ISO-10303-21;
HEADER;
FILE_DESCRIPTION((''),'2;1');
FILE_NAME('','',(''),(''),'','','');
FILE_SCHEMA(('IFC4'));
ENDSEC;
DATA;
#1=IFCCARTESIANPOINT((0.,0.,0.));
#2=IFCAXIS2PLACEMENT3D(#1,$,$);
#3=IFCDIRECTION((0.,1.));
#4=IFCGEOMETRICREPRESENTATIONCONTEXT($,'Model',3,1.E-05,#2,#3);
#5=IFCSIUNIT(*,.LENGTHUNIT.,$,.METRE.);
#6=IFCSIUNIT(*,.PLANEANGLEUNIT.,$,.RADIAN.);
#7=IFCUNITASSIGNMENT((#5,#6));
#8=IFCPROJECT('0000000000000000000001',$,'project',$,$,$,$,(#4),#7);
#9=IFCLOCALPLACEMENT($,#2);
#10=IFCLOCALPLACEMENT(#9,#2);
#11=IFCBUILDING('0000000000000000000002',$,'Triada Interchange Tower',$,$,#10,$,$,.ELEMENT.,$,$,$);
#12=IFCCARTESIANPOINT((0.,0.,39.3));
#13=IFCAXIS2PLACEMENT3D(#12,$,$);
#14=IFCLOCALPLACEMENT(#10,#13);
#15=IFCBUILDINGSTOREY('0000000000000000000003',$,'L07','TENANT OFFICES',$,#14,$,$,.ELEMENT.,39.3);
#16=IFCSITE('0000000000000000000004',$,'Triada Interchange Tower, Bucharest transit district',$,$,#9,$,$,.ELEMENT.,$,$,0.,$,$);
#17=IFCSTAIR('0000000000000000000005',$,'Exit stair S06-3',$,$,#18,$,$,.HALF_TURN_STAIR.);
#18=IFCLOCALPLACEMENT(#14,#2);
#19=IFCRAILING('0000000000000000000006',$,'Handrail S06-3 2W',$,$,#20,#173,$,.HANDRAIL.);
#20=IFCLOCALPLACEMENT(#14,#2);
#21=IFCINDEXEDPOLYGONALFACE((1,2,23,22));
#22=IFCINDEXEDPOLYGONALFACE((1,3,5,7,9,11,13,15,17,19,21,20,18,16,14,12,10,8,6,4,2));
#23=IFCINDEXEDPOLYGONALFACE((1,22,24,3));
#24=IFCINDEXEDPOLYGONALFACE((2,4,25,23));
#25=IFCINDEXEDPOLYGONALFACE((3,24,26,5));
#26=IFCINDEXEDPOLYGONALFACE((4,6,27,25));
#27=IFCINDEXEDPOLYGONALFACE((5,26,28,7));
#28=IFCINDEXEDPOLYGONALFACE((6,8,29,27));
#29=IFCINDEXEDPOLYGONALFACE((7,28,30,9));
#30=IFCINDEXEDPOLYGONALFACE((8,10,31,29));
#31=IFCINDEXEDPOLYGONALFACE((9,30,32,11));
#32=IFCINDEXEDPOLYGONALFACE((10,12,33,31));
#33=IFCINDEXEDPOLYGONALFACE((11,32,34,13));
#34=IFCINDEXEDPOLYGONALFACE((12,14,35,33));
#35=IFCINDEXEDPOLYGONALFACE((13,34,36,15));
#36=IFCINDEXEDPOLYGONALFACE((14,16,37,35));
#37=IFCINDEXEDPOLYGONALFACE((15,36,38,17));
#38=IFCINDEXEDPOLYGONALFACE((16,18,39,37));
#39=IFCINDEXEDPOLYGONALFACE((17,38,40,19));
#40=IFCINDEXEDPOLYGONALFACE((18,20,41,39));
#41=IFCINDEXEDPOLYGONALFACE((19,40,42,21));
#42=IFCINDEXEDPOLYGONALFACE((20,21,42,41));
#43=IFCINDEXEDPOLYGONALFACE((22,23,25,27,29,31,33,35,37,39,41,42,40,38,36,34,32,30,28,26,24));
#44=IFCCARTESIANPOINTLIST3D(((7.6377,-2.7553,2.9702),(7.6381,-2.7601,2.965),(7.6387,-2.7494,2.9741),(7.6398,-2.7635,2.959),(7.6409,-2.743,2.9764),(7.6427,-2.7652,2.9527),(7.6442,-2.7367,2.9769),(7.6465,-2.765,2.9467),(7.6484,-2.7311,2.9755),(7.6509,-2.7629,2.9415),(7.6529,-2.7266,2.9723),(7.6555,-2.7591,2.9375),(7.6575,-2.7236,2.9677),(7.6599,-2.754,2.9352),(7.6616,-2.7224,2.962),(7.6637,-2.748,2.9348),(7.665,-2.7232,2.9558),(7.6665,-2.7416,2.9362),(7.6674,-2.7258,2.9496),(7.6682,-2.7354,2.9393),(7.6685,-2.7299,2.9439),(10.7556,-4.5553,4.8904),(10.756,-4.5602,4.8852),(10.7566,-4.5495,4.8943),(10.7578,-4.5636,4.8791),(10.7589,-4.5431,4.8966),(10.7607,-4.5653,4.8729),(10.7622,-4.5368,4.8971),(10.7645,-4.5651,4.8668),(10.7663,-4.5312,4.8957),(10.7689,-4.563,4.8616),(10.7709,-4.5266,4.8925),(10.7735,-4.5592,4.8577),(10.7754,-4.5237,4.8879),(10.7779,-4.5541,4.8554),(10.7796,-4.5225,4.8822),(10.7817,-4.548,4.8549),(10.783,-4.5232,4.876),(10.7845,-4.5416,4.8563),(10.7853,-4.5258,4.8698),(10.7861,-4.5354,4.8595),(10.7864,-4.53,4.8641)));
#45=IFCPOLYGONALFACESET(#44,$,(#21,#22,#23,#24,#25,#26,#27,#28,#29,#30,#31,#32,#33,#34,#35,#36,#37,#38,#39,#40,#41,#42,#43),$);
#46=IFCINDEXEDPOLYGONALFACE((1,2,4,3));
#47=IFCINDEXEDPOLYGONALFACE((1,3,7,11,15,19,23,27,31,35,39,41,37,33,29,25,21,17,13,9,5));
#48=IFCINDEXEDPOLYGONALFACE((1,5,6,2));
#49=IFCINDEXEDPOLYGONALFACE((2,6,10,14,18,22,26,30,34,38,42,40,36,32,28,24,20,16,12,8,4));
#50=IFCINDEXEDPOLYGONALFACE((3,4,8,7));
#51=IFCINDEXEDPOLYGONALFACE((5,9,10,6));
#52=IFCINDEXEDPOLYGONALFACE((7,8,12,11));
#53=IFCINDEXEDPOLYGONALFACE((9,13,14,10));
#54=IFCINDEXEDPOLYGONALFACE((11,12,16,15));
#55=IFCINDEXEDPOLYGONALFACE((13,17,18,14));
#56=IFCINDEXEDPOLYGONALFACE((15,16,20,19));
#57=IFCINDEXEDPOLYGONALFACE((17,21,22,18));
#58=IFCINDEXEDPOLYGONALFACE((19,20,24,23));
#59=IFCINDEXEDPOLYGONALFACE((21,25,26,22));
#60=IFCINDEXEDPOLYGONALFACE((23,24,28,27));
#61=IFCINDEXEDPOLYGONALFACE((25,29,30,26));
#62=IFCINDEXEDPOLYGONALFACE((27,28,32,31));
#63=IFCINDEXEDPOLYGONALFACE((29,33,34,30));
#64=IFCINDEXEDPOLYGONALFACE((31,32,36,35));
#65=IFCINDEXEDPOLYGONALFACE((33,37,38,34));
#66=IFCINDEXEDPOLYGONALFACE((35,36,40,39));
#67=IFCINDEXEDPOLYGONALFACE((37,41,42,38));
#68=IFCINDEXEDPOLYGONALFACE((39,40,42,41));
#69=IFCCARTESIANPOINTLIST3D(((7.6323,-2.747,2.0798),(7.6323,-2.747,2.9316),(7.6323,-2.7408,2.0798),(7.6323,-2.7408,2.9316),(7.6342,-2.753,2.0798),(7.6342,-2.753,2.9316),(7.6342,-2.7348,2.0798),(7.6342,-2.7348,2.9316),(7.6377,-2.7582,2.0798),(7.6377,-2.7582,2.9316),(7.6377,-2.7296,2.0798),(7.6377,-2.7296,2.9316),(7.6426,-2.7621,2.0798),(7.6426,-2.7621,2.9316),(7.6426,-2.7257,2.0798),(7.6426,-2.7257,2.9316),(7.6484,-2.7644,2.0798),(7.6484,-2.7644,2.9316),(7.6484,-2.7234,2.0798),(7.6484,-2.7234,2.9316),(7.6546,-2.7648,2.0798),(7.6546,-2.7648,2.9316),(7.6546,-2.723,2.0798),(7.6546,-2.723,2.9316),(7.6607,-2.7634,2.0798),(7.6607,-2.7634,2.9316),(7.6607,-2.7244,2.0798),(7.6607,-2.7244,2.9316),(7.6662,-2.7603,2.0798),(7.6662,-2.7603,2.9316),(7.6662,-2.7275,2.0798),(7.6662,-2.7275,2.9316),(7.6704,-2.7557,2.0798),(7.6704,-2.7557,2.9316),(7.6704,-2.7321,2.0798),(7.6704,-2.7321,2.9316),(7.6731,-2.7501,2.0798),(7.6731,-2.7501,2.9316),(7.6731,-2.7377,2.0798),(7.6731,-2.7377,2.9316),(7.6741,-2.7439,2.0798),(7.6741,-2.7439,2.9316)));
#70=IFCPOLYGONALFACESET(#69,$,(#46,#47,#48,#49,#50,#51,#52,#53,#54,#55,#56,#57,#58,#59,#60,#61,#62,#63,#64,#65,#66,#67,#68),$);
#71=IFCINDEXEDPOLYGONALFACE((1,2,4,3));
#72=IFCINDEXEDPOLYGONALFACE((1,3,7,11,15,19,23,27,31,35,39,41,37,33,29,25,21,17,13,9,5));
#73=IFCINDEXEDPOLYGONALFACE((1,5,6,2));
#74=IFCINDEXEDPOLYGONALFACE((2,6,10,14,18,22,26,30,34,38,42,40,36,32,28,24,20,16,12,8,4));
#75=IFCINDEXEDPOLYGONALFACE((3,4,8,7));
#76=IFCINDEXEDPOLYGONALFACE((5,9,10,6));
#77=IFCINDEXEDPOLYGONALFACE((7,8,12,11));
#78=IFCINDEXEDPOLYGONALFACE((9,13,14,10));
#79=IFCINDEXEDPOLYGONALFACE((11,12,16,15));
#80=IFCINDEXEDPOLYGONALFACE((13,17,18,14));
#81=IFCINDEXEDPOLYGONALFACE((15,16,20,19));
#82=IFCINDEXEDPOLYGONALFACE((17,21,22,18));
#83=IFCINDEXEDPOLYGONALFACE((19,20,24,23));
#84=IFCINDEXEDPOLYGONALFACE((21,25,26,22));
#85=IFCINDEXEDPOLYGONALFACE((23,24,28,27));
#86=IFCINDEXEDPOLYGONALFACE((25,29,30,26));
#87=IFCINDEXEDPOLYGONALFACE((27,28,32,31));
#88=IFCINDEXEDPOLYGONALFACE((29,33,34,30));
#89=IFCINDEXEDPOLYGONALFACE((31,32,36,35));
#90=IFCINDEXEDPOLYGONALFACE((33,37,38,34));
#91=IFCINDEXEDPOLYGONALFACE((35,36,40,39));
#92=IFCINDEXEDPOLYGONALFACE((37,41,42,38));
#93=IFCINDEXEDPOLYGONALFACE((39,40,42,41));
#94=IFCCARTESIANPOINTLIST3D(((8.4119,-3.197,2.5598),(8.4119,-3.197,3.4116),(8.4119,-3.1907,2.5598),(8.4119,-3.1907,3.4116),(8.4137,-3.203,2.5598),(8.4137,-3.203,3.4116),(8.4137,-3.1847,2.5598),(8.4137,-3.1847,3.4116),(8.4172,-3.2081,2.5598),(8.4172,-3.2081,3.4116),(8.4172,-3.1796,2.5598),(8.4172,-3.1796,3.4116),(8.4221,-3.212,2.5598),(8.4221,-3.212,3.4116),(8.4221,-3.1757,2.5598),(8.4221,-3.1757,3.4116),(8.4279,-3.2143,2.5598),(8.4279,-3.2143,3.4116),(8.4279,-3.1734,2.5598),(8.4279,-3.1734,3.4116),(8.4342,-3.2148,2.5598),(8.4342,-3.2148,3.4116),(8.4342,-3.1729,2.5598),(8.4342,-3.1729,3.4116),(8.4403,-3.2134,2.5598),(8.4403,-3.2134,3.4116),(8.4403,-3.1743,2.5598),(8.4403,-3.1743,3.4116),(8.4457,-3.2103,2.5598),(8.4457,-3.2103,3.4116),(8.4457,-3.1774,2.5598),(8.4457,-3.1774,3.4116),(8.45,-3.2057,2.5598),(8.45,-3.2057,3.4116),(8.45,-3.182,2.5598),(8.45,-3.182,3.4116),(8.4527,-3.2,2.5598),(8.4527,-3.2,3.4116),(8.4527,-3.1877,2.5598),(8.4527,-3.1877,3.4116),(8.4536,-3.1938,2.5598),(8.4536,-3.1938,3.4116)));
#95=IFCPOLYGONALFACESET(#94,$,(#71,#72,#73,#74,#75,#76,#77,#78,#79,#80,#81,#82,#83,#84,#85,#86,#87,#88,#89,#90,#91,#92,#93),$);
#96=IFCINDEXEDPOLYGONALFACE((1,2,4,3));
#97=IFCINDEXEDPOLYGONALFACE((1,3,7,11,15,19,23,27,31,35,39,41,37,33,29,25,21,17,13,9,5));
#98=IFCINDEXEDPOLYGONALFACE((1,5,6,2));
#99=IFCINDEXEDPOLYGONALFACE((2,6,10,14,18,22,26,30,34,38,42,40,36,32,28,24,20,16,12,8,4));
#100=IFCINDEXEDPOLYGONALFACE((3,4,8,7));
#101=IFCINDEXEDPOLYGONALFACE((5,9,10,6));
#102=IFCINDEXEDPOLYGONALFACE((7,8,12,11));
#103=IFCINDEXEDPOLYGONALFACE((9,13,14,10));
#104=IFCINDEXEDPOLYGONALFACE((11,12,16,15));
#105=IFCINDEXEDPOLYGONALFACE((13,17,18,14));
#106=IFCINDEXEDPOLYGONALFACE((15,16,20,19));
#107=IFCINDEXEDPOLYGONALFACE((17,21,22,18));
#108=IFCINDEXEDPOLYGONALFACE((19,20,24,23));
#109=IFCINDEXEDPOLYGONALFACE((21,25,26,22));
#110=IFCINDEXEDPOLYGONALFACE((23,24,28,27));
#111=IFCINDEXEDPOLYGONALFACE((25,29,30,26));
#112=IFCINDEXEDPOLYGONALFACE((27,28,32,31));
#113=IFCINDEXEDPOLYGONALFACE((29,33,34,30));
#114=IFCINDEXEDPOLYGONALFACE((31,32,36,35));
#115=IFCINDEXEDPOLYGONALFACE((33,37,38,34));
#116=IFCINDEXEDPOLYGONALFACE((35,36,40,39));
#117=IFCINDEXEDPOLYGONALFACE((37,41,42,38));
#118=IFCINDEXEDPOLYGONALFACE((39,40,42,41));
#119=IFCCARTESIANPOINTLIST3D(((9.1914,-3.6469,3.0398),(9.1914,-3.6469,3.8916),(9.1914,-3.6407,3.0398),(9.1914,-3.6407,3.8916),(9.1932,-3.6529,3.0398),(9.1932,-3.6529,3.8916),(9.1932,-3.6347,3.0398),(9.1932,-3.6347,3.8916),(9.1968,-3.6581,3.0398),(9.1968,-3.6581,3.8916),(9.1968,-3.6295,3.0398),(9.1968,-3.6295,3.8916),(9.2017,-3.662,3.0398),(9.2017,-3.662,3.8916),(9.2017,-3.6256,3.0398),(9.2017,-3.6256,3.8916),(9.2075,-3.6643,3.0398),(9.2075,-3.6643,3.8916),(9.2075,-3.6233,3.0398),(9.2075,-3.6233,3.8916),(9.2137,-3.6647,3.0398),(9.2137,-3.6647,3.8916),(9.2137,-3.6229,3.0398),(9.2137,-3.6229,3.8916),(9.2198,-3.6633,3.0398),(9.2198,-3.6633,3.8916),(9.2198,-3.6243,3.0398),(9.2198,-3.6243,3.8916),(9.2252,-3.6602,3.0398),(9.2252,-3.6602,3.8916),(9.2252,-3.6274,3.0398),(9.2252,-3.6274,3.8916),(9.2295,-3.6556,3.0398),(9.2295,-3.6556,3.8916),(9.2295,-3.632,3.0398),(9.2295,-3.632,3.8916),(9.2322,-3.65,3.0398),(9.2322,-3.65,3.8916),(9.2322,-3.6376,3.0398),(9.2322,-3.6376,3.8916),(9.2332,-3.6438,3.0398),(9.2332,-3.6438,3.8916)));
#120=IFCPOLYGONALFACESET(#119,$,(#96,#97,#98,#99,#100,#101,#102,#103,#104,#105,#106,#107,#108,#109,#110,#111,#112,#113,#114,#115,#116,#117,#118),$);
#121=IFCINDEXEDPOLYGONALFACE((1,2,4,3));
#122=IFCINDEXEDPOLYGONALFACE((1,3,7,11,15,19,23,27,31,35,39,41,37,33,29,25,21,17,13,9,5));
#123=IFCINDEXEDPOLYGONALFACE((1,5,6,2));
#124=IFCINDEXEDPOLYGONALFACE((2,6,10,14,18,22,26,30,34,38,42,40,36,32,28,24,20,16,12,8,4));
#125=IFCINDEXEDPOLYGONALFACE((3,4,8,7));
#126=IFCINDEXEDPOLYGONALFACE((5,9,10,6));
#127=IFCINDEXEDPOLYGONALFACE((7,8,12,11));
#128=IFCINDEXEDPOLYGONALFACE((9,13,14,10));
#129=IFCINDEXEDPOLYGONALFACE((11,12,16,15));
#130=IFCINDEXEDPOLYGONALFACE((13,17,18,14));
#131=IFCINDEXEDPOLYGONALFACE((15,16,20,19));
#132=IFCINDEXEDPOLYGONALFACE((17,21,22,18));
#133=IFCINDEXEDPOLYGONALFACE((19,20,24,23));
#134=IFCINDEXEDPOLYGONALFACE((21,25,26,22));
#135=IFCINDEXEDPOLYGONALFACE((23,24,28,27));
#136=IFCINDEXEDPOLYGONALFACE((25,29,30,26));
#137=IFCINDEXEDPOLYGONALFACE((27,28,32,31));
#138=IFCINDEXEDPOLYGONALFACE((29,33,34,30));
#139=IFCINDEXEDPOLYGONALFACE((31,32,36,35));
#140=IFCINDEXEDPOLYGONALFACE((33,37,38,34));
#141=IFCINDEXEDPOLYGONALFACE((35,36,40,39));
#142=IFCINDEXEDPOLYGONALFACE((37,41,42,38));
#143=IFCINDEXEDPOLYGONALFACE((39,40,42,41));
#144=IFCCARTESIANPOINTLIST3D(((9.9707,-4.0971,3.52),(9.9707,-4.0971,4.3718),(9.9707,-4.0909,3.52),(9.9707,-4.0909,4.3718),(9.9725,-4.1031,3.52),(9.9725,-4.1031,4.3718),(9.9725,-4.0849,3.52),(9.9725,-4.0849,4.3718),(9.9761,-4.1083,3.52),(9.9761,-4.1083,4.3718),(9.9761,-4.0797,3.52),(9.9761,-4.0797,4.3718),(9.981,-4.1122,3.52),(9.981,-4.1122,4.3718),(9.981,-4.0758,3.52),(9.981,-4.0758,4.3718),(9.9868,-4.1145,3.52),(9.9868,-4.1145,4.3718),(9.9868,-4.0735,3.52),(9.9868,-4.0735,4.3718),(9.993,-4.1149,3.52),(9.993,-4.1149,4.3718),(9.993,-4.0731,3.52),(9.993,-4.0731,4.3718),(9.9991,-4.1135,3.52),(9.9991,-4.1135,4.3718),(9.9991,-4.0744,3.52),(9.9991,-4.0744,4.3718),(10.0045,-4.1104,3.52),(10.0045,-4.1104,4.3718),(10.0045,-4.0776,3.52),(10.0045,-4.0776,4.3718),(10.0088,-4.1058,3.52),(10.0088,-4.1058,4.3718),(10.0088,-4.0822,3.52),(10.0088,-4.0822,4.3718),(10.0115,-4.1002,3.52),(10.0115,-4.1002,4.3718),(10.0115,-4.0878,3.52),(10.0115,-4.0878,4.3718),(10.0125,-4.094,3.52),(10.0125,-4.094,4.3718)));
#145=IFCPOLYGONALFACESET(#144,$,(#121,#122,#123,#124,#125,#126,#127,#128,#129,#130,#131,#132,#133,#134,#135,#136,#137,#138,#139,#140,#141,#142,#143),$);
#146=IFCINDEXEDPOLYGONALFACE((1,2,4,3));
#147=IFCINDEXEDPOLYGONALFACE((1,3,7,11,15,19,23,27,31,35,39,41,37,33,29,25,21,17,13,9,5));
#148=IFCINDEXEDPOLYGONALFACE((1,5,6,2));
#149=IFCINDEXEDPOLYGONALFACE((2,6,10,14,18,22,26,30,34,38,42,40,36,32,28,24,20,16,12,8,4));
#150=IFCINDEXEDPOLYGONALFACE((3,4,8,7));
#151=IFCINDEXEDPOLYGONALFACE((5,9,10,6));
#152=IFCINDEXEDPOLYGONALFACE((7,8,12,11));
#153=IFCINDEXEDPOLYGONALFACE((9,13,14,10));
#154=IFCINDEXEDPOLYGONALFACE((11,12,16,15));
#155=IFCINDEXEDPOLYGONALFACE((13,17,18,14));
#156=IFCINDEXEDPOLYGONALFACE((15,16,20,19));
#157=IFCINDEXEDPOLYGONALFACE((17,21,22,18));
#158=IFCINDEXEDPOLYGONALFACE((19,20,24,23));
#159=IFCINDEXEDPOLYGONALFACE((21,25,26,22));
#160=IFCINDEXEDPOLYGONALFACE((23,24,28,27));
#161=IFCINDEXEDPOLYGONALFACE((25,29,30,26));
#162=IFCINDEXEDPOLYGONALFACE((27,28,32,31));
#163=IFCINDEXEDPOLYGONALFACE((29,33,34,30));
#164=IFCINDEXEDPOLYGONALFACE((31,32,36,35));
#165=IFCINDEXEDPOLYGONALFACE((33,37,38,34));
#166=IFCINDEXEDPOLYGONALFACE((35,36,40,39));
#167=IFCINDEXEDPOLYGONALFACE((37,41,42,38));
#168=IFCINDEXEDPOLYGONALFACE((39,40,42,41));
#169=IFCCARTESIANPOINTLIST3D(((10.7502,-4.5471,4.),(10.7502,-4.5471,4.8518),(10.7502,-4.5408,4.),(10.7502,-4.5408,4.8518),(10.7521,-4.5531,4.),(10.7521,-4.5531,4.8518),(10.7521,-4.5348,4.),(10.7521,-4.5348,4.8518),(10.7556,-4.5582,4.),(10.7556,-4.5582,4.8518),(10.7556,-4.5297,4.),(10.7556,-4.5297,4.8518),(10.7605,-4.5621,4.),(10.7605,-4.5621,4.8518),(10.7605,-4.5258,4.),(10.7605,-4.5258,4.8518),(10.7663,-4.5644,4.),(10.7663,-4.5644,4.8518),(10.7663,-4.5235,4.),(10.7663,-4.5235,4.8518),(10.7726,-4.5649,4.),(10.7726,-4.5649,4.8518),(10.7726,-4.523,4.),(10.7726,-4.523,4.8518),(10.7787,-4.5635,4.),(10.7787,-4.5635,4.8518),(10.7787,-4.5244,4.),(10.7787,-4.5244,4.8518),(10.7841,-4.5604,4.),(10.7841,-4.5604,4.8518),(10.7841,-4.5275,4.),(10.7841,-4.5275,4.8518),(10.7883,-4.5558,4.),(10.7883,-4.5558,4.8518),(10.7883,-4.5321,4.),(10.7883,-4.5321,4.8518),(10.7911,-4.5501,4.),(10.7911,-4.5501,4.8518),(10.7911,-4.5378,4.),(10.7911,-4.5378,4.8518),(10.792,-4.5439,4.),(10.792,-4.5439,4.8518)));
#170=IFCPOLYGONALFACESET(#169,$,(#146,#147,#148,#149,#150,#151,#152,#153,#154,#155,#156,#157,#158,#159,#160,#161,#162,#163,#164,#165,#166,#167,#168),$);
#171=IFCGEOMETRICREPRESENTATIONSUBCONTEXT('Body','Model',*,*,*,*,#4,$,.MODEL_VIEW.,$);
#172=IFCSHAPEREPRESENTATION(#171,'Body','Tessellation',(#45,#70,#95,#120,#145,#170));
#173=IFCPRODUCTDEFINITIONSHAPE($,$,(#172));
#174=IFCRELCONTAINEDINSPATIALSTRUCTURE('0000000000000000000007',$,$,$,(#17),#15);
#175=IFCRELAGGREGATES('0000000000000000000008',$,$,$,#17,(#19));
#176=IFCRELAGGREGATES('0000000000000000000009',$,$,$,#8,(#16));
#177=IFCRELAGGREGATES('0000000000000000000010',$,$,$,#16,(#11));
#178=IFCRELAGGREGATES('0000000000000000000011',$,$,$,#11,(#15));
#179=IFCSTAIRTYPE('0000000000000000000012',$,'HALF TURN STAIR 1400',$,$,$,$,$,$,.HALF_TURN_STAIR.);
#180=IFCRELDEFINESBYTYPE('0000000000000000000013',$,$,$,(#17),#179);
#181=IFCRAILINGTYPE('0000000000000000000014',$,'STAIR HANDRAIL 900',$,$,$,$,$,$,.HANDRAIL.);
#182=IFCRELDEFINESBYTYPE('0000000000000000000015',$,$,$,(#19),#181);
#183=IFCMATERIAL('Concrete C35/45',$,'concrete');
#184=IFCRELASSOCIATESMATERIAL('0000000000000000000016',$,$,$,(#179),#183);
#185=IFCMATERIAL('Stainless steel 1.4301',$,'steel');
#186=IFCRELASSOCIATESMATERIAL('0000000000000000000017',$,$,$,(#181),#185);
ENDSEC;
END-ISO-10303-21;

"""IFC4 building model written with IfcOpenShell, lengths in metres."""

from ifc_helpers import new_model, si_unit, direction, frame, origin, origin_2d, place, context, subcontext, project, spatial, circle, extrude, material, type_object, element, aggregate, save


model = new_model("IFC4")

# Units and contexts
model_context = context("Model", 3, precision=1e-05, world=origin(), true_north=direction((0.0, 1.0)))
body_context = subcontext(model_context, "Body", "Model", "MODEL_VIEW")
ifc_project = project(units=[si_unit("LENGTHUNIT", "METRE"), si_unit("PLANEANGLEUNIT", "RADIAN")], contexts=[model_context])

# Site, building, storey
site_placement = place(None, origin())
site = spatial("IfcSite", under=ifc_project, at=site_placement, Name="Triada Interchange Tower, Bucharest transit district", CompositionType="ELEMENT", RefElevation=0.0)
building_placement = place(site_placement, origin())
building = spatial("IfcBuilding", under=site, at=building_placement, Name="Triada Interchange Tower", CompositionType="ELEMENT")
storey_placement = place(building_placement, frame((0.0, 0.0, 39.3)))
storey = spatial("IfcBuildingStorey", under=building, at=storey_placement, Name="L07", Description="TENANT OFFICES", CompositionType="ELEMENT", Elevation=39.3)

# Stair, railing
ifc_material_1 = material(Name="Concrete C35/45", Category="concrete")
stair_type = type_object("IfcStairType", Name="HALF TURN STAIR 1400", PredefinedType="HALF_TURN_STAIR", material=ifc_material_1)
stair_placement = place(storey_placement, origin())
stair = element("IfcStair", 1, at=stair_placement, inside=storey, type_object=stair_type, Name="Exit stair S06-3", PredefinedType="HALF_TURN_STAIR")
ifc_material_2 = material(Name="Stainless steel 1.4301", Category="steel")
railing_type = type_object("IfcRailingType", Name="STAIR HANDRAIL 900", PredefinedType="HANDRAIL", material=ifc_material_2)
railing_1_placement = place(storey_placement, frame((7.6531, -2.7439, 2.0798)))
railing_1 = element("IfcRailing", 2, at=railing_1_placement, type_object=railing_type, Name="Handrail S06-3 2W", PredefinedType="HANDRAIL", context=body_context, shape_type="SweptSolid", body=[
    extrude(circle(Radius=0.0239, at=origin_2d()), frame((0.0, 0.0, 0.876), z_axis=(0.764145, -0.441159, 0.470597), x_axis=(0.499983, 0.866035, 0.0)), (0.0, 0.0, 1.0), 4.0803),
    extrude(circle(Radius=0.021, at=origin_2d()), origin(), (0.0, 0.0, 1.0), 0.8518),
    extrude(circle(Radius=0.021, at=origin_2d()), frame((0.7795, -0.45, 0.48)), (0.0, 0.0, 1.0), 0.8518),
    extrude(circle(Radius=0.021, at=origin_2d()), frame((1.5591, -0.8999, 0.96)), (0.0, 0.0, 1.0), 0.8518),
    extrude(circle(Radius=0.021, at=origin_2d()), frame((2.3384, -1.3501, 1.4402)), (0.0, 0.0, 1.0), 0.8518),
    extrude(circle(Radius=0.021, at=origin_2d()), frame((3.1179, -1.8, 1.9202)), (0.0, 0.0, 1.0), 0.8518),
])
aggregate(stair, [railing_1])

save(model, "model.ifc")
